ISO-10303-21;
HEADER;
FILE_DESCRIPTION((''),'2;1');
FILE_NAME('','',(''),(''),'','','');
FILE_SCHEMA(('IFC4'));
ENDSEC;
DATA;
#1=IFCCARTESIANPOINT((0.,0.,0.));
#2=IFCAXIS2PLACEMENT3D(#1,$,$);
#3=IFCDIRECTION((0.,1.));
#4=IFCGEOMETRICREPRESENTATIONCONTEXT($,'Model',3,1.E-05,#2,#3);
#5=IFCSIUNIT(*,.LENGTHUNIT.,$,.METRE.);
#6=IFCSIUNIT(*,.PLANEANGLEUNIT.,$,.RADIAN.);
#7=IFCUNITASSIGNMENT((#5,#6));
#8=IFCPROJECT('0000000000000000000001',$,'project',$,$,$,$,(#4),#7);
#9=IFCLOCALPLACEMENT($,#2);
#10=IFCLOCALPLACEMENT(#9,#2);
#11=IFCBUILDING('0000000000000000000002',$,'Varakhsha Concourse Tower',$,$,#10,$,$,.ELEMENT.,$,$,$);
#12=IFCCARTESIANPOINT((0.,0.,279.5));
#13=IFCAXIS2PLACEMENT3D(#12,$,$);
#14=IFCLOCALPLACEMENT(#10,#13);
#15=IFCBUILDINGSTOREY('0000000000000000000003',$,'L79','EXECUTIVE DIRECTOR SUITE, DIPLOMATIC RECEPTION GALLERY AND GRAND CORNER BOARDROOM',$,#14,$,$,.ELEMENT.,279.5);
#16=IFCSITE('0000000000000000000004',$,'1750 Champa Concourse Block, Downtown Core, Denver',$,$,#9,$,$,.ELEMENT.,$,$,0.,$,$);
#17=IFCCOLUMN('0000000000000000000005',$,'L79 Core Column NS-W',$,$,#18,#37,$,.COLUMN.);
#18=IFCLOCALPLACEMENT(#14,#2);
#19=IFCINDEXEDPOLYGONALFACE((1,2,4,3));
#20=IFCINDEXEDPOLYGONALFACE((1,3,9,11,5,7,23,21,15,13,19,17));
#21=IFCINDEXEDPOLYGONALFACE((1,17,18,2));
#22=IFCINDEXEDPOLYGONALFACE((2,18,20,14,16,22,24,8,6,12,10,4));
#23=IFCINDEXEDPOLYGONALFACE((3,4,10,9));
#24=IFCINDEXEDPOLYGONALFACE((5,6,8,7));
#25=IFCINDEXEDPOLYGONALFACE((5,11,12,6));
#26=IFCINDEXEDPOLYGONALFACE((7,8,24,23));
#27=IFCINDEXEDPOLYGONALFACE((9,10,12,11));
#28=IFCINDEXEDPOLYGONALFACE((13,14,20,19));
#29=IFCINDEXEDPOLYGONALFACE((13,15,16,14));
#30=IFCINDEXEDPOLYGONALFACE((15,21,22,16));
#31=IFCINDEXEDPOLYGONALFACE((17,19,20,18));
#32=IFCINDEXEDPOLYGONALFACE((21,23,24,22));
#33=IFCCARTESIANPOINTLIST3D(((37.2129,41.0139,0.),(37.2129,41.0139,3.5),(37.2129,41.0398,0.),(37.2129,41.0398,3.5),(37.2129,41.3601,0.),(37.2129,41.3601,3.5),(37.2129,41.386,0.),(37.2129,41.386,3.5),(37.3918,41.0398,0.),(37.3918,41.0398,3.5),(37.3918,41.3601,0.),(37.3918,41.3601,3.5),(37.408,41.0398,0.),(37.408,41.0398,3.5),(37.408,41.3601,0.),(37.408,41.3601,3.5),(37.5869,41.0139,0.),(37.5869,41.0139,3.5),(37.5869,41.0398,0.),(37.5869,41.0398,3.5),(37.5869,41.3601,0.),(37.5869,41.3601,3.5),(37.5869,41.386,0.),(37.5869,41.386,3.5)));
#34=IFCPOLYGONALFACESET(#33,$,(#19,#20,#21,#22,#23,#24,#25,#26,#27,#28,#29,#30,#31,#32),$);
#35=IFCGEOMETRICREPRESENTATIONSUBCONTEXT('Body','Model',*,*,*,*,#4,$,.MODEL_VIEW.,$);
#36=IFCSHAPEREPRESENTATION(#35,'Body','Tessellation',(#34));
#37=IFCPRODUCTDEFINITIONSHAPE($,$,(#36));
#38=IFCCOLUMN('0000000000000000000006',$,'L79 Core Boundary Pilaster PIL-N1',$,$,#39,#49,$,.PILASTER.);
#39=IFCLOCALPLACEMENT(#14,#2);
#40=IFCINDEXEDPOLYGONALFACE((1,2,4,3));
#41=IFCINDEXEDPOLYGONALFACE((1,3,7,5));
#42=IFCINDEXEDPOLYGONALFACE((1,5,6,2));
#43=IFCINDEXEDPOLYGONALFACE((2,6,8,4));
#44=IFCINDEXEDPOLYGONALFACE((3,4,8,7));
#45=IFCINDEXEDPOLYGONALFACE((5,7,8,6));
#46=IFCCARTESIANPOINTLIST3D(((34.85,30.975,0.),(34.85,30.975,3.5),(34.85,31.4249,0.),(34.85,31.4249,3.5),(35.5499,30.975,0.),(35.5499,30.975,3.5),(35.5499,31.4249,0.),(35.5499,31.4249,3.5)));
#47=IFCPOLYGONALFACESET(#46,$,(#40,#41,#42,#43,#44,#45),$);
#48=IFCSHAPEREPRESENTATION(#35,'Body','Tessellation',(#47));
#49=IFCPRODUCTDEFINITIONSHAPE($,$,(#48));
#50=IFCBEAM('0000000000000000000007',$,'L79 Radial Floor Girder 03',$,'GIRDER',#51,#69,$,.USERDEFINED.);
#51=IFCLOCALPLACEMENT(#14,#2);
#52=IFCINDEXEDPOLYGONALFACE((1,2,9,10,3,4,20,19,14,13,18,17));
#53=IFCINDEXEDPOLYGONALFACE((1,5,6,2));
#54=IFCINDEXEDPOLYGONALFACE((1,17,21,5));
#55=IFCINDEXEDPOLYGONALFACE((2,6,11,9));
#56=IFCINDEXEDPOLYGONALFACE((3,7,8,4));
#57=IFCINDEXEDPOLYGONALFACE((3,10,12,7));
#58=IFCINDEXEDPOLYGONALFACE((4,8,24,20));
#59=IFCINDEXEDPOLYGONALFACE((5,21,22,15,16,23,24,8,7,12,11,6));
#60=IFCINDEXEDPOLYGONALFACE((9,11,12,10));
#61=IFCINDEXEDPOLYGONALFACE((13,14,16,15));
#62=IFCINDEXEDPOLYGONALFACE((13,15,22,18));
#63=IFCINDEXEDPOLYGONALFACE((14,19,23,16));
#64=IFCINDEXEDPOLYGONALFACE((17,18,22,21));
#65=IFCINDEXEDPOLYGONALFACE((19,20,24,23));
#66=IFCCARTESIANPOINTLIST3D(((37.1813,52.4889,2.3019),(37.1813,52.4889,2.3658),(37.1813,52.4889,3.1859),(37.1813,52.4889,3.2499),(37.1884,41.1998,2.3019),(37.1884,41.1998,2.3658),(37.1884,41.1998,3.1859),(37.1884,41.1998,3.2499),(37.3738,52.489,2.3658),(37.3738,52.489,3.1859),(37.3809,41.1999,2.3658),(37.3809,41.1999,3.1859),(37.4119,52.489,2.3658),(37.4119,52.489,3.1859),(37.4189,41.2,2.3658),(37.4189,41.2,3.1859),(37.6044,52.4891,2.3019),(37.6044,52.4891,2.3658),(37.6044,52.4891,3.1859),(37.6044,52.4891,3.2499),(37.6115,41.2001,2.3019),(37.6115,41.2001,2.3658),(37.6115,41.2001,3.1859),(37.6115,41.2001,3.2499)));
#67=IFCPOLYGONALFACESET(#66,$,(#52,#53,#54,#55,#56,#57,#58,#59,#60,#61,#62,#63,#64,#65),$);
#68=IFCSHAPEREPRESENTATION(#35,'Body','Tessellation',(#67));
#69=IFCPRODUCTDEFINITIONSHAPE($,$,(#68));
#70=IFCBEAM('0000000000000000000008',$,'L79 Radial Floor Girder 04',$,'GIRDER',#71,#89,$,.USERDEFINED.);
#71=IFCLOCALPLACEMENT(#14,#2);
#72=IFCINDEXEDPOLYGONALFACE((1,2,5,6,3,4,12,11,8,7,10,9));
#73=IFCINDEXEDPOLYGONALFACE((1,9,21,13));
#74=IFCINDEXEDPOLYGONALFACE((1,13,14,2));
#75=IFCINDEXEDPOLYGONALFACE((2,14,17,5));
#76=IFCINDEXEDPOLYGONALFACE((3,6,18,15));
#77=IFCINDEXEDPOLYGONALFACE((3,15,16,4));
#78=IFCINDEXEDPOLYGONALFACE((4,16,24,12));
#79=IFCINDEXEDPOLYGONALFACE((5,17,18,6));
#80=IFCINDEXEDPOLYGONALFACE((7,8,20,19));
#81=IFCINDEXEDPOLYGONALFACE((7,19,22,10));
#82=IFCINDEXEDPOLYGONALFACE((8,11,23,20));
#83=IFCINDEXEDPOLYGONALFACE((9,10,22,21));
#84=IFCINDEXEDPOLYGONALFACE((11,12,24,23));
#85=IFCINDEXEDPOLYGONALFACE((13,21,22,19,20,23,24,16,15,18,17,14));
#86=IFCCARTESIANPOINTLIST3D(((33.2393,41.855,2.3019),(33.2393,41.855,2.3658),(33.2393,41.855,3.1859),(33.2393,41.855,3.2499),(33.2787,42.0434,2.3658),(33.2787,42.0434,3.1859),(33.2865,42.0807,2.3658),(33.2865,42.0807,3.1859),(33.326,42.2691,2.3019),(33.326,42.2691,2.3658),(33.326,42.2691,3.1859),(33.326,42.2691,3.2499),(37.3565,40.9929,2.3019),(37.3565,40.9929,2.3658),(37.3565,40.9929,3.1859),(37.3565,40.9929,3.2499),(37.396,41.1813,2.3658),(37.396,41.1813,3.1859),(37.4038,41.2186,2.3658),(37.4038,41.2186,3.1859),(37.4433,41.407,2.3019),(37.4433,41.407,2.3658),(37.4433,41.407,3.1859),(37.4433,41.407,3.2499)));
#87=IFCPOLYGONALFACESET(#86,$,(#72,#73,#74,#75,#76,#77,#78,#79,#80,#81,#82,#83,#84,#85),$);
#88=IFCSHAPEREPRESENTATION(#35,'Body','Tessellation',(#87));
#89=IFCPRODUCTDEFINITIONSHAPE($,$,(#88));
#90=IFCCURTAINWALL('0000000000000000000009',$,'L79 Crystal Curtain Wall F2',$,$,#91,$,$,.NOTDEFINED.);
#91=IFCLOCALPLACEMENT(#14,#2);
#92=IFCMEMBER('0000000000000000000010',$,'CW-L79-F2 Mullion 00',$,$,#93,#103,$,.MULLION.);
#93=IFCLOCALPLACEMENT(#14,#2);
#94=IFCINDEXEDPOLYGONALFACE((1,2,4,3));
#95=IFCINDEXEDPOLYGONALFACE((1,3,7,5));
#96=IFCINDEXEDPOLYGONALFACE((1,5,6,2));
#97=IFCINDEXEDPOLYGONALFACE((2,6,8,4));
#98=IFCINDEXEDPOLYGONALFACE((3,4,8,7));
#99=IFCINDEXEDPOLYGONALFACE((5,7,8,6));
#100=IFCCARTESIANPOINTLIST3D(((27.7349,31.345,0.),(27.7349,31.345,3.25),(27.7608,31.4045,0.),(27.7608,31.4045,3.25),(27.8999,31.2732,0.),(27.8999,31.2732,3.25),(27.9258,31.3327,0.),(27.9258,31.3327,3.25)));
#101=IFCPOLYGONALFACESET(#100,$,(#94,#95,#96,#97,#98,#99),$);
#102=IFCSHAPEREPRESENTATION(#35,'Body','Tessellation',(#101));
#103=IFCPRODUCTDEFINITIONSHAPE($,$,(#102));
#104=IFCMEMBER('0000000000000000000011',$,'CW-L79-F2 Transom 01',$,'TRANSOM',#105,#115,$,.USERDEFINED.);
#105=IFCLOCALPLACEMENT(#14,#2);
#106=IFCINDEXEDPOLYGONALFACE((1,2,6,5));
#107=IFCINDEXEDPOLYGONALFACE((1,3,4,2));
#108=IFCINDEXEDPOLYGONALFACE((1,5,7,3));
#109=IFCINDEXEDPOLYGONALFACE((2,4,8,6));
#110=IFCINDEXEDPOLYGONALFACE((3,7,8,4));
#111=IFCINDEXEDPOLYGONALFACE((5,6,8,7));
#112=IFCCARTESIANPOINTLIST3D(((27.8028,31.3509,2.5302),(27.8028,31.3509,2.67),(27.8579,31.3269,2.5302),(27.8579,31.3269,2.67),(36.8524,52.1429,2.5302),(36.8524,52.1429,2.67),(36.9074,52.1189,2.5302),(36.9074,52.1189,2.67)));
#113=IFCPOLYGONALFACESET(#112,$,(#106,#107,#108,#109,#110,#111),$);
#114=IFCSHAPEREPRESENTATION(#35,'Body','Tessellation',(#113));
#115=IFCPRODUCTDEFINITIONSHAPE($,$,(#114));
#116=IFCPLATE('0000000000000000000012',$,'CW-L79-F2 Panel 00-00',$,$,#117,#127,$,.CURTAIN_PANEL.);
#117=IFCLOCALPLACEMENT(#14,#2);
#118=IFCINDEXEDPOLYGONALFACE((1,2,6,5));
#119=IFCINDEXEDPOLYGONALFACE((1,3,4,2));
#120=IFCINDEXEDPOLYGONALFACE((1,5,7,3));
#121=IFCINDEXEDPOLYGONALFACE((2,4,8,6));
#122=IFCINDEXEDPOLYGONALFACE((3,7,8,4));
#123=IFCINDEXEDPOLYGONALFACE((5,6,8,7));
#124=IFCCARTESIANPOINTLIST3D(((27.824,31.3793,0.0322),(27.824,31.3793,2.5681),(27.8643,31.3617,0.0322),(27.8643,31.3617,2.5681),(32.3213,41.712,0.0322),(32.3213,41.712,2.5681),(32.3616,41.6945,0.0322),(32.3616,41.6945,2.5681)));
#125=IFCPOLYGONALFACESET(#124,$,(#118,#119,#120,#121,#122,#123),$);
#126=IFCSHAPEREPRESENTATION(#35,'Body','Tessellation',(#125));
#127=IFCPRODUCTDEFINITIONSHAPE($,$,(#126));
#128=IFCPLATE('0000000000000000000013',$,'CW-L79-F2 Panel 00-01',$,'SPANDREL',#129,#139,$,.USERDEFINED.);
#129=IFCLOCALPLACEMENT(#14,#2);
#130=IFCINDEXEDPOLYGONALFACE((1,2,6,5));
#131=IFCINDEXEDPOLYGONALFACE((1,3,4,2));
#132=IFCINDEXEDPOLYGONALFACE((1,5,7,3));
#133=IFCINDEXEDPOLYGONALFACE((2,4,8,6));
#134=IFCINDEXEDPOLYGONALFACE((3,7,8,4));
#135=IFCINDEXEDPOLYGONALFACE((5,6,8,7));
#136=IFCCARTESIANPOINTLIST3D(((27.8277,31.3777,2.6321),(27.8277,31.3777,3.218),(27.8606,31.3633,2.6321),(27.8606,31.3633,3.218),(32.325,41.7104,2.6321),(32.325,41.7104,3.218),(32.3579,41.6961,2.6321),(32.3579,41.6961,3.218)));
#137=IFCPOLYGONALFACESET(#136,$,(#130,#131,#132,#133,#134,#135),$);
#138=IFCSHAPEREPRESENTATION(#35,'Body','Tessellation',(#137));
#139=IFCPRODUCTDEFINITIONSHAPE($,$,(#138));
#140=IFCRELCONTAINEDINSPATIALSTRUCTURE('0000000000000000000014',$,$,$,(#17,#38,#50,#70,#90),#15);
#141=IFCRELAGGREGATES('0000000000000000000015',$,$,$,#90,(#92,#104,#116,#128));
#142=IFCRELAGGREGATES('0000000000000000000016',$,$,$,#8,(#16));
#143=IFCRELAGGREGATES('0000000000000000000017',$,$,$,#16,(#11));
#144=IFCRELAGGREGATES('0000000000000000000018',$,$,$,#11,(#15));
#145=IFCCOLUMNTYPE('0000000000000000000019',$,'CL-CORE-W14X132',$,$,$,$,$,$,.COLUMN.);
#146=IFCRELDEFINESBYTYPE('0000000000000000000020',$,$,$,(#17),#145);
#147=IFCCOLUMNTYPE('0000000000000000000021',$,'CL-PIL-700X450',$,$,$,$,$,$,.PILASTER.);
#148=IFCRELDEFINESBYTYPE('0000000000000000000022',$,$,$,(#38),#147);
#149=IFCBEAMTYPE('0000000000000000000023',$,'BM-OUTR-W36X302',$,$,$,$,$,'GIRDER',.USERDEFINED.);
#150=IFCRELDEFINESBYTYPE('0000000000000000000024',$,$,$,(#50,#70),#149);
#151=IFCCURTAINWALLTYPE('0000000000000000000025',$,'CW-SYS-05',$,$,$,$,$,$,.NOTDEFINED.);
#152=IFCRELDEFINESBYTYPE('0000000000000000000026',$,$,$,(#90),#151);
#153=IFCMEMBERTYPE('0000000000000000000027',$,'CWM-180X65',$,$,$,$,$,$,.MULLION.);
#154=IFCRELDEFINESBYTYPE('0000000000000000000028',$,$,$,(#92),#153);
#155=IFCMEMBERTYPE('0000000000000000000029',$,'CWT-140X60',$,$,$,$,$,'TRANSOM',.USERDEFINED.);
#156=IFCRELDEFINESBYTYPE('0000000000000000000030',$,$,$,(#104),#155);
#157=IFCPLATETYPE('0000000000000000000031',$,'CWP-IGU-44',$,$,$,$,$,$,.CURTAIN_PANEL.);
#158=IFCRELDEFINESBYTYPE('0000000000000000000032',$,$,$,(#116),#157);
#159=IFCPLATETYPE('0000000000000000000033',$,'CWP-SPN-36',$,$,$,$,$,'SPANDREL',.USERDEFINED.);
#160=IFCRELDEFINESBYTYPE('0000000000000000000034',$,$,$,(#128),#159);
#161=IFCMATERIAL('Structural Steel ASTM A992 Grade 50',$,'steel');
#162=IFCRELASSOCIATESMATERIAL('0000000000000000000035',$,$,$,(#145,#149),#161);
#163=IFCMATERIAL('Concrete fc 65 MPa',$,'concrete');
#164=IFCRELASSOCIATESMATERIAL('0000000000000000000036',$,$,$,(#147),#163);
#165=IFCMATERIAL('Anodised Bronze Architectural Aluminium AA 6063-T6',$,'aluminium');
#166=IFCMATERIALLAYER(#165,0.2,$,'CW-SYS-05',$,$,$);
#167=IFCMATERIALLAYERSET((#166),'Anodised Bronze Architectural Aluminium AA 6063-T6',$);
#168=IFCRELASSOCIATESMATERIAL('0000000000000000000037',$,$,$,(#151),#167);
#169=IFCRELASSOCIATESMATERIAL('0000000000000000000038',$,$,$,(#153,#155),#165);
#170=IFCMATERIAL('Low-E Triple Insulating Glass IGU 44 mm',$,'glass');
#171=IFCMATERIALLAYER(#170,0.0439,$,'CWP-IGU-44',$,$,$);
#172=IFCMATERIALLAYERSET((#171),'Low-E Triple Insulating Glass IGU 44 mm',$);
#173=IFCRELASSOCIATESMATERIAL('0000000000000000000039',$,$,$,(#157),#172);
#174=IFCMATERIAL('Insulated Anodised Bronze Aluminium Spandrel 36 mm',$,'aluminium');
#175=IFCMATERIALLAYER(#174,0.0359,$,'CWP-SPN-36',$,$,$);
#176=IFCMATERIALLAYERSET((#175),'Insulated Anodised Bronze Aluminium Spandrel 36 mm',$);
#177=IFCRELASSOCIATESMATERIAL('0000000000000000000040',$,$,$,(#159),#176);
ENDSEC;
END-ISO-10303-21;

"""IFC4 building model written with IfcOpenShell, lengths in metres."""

from ifc_helpers import new_model, si_unit, direction, frame, origin, origin_2d, place, context, subcontext, project, spatial, rectangle, i_section, extrude, source, transform, mapped, material, layer, layer_set, material_profile, profile_set, type_object, type_shapes, element, aggregate, save


model = new_model("IFC4")

# Units and contexts
model_context = context("Model", 3, precision=1e-05, world=origin(), true_north=direction((0.0, 1.0)))
body_context = subcontext(model_context, "Body", "Model", "MODEL_VIEW")
ifc_project = project(units=[si_unit("LENGTHUNIT", "METRE"), si_unit("PLANEANGLEUNIT", "RADIAN")], contexts=[model_context])

# Site, building, storey
site_placement = place(None, origin())
site = spatial("IfcSite", under=ifc_project, at=site_placement, Name="1750 Champa Concourse Block, Downtown Core, Denver", CompositionType="ELEMENT", RefElevation=0.0)
building_placement = place(site_placement, origin())
building = spatial("IfcBuilding", under=site, at=building_placement, Name="Varakhsha Concourse Tower", CompositionType="ELEMENT")
storey_placement = place(building_placement, frame((0.0, 0.0, 279.5)))
storey = spatial("IfcBuildingStorey", under=building, at=storey_placement, Name="L79", Description="EXECUTIVE DIRECTOR SUITE, DIPLOMATIC RECEPTION GALLERY AND GRAND CORNER BOARDROOM", CompositionType="ELEMENT", Elevation=279.5)

# Columns
ifc_material_1 = material(Name="Structural Steel ASTM A992 Grade 50", Category="steel")
ifc_material_profile_1 = material_profile(ifc_material_1, i_section(OverallWidth=0.374, OverallDepth=0.3721, WebThickness=0.0161, FlangeThickness=0.0259, at=origin_2d()), Name="W14X132")
ifc_profile_set_1 = profile_set([ifc_material_profile_1], Name="Structural Steel ASTM A992 Grade 50")
column_type_1 = type_object("IfcColumnType", Name="CL-CORE-W14X132", PredefinedType="COLUMN", material=ifc_profile_set_1)
column_1_placement = place(storey_placement, frame((37.3999, 41.2, 0.0), z_axis=(0.0, 0.0, 1.0), x_axis=(1.0, 0.0, 0.0)))
element("IfcColumn", 1, at=column_1_placement, inside=storey, type_object=column_type_1, Name="L79 Core Column NS-W", PredefinedType="COLUMN", context=body_context, shape_type="SweptSolid", body=[
    extrude(i_section(OverallWidth=0.374, OverallDepth=0.3721, WebThickness=0.0161, FlangeThickness=0.0259, at=origin_2d()), origin(), (0.0, 0.0, 1.0), 3.5),
])
ifc_material_2 = material(Name="Concrete fc 65 MPa", Category="concrete")
ifc_material_profile_2 = material_profile(ifc_material_2, rectangle(XDim=0.7, YDim=0.45, at=origin_2d()), Name="RC 700x450")
ifc_profile_set_2 = profile_set([ifc_material_profile_2], Name="Concrete fc 65 MPa")
column_type_2 = type_object("IfcColumnType", Name="CL-PIL-700X450", PredefinedType="PILASTER", material=ifc_profile_set_2)
column_2_placement = place(storey_placement, frame((35.2, 31.2, 0.0), z_axis=(0.0, 0.0, 1.0), x_axis=(1.0, 0.0, 0.0)))
element("IfcColumn", 2, at=column_2_placement, inside=storey, type_object=column_type_2, Name="L79 Core Boundary Pilaster PIL-N1", PredefinedType="PILASTER", context=body_context, shape_type="SweptSolid", body=[
    extrude(rectangle(XDim=0.7, YDim=0.45, at=origin_2d()), origin(), (0.0, 0.0, 1.0), 3.5),
])

# Beams
ifc_material_profile_3 = material_profile(ifc_material_1, i_section(OverallWidth=0.4231, OverallDepth=0.948, WebThickness=0.0381, FlangeThickness=0.064, at=origin_2d()), Name="W36X302")
ifc_profile_set_3 = profile_set([ifc_material_profile_3], Name="Structural Steel ASTM A992 Grade 50")
beam_type = type_object("IfcBeamType", Name="BM-OUTR-W36X302", ElementType="GIRDER", PredefinedType="USERDEFINED", material=ifc_profile_set_3)
beam_1_placement = place(storey_placement, frame((37.3999, 41.2, 2.7759), z_axis=(-0.000627, 1.0, 0.0), x_axis=(-1.0, -0.000627, 0.0)))
element("IfcBeam", 3, at=beam_1_placement, inside=storey, type_object=beam_type, Name="L79 Radial Floor Girder 03", ObjectType="GIRDER", PredefinedType="USERDEFINED", context=body_context, shape_type="SweptSolid", body=[
    extrude(i_section(OverallWidth=0.4231, OverallDepth=0.948, WebThickness=0.0381, FlangeThickness=0.064, at=origin_2d()), origin(), (0.0, 0.0, 1.0), 11.2891),
])
beam_2_placement = place(storey_placement, frame((37.3999, 41.2, 2.7759), z_axis=(-0.978775, 0.204937, 0.0), x_axis=(-0.204937, -0.978775, 0.0)))
element("IfcBeam", 4, at=beam_2_placement, inside=storey, type_object=beam_type, Name="L79 Radial Floor Girder 04", ObjectType="GIRDER", PredefinedType="USERDEFINED", context=body_context, shape_type="SweptSolid", body=[
    extrude(i_section(OverallWidth=0.4231, OverallDepth=0.948, WebThickness=0.0381, FlangeThickness=0.064, at=origin_2d()), origin(), (0.0, 0.0, 1.0), 4.2065),
])

# Curtain wall, members, plates
ifc_material_3 = material(Name="Anodised Bronze Architectural Aluminium AA 6063-T6", Category="aluminium")
ifc_layer_1 = layer(ifc_material_3, 0.2, Name="CW-SYS-05")
ifc_layer_set_1 = layer_set([ifc_layer_1], Name="Anodised Bronze Architectural Aluminium AA 6063-T6")
curtain_wall_type = type_object("IfcCurtainWallType", Name="CW-SYS-05", PredefinedType="NOTDEFINED", material=ifc_layer_set_1)
curtain_wall_placement = place(storey_placement, origin())
curtain_wall = element("IfcCurtainWall", 5, at=curtain_wall_placement, inside=storey, type_object=curtain_wall_type, Name="L79 Crystal Curtain Wall F2", PredefinedType="NOTDEFINED")
ifc_material_profile_4 = material_profile(ifc_material_3, rectangle(XDim=0.0649, YDim=0.1799, at=origin_2d()), Name="CWM-180X65")
ifc_profile_set_4 = profile_set([ifc_material_profile_4], Name="Anodised Bronze Architectural Aluminium AA 6063-T6")
member_type_1 = type_object("IfcMemberType", Name="CWM-180X65", PredefinedType="MULLION", material=ifc_profile_set_4)
shared_shape_1 = source(origin(), body_context, "Body", "SweptSolid", [
    extrude(rectangle(XDim=0.0649, YDim=0.1799, at=origin_2d()), origin(), (0.0, 0.0, 1.0), 3.25),
])
type_shapes(member_type_1, [shared_shape_1])
member_1_placement = place(storey_placement, frame((27.8303, 31.3389, 0.0), z_axis=(0.0, 0.0, 1.0), x_axis=(0.399084, 0.916915, 0.0)))
member_1 = element("IfcMember", 6, at=member_1_placement, type_object=member_type_1, Name="CW-L79-F2 Mullion 00", PredefinedType="MULLION", context=body_context, shape_type="MappedRepresentation", body=[
    mapped(shared_shape_1, transform((0.0, 0.0, 0.0), scale=1.0)),
])
ifc_material_profile_5 = material_profile(ifc_material_3, rectangle(XDim=0.0601, YDim=0.1399, at=origin_2d()), Name="CWT-140X60")
ifc_profile_set_5 = profile_set([ifc_material_profile_5], Name="Anodised Bronze Architectural Aluminium AA 6063-T6")
member_type_2 = type_object("IfcMemberType", Name="CWT-140X60", ElementType="TRANSOM", PredefinedType="USERDEFINED", material=ifc_profile_set_5)
shared_shape_2 = source(origin(), body_context, "Body", "SweptSolid", [
    extrude(rectangle(XDim=0.0601, YDim=0.1399, at=origin_2d()), origin(), (0.0, 0.0, 1.0), 22.676),
])
type_shapes(member_type_2, [shared_shape_2])
member_2_placement = place(storey_placement, frame((27.8303, 31.3389, 2.6001), z_axis=(0.399081, 0.916916, 0.0), x_axis=(-0.916916, 0.399081, 0.0)))
member_2 = element("IfcMember", 7, at=member_2_placement, type_object=member_type_2, Name="CW-L79-F2 Transom 01", ObjectType="TRANSOM", PredefinedType="USERDEFINED", context=body_context, shape_type="MappedRepresentation", body=[
    mapped(shared_shape_2, transform((0.0, 0.0, 0.0), scale=1.0)),
])
ifc_material_4 = material(Name="Low-E Triple Insulating Glass IGU 44 mm", Category="glass")
ifc_layer_2 = layer(ifc_material_4, 0.0439, Name="CWP-IGU-44")
ifc_layer_set_2 = layer_set([ifc_layer_2], Name="Low-E Triple Insulating Glass IGU 44 mm")
plate_type_1 = type_object("IfcPlateType", Name="CWP-IGU-44", PredefinedType="CURTAIN_PANEL", material=ifc_layer_set_2)
shared_shape_3 = source(origin(), body_context, "Body", "SweptSolid", [
    extrude(rectangle(XDim=11.269, YDim=0.0439, at=origin_2d()), origin(), (0.0, 0.0, 1.0), 2.5359),
])
type_shapes(plate_type_1, [shared_shape_3])
plate_1_placement = place(storey_placement, frame((30.0928, 36.5369, 0.0322), z_axis=(0.0, 0.0, 1.0), x_axis=(0.399084, 0.916915, 0.0)))
plate_1 = element("IfcPlate", 8, at=plate_1_placement, type_object=plate_type_1, Name="CW-L79-F2 Panel 00-00", PredefinedType="CURTAIN_PANEL", context=body_context, shape_type="MappedRepresentation", body=[
    mapped(shared_shape_3, transform((0.0, 0.0, 0.0), scale=1.0)),
])
ifc_material_5 = material(Name="Insulated Anodised Bronze Aluminium Spandrel 36 mm", Category="aluminium")
ifc_layer_3 = layer(ifc_material_5, 0.0359, Name="CWP-SPN-36")
ifc_layer_set_3 = layer_set([ifc_layer_3], Name="Insulated Anodised Bronze Aluminium Spandrel 36 mm")
plate_type_2 = type_object("IfcPlateType", Name="CWP-SPN-36", ElementType="SPANDREL", PredefinedType="USERDEFINED", material=ifc_layer_set_3)
shared_shape_4 = source(origin(), body_context, "Body", "SweptSolid", [
    extrude(rectangle(XDim=11.269, YDim=0.0359, at=origin_2d()), origin(), (0.0, 0.0, 1.0), 0.5859),
])
type_shapes(plate_type_2, [shared_shape_4])
plate_2_placement = place(storey_placement, frame((30.0928, 36.5369, 2.6321), z_axis=(0.0, 0.0, 1.0), x_axis=(0.399084, 0.916915, 0.0)))
plate_2 = element("IfcPlate", 9, at=plate_2_placement, type_object=plate_type_2, Name="CW-L79-F2 Panel 00-01", ObjectType="SPANDREL", PredefinedType="USERDEFINED", context=body_context, shape_type="MappedRepresentation", body=[
    mapped(shared_shape_4, transform((0.0, 0.0, 0.0), scale=1.0)),
])
aggregate(curtain_wall, [member_1, member_2, plate_1, plate_2])

save(model, "model.ifc")
